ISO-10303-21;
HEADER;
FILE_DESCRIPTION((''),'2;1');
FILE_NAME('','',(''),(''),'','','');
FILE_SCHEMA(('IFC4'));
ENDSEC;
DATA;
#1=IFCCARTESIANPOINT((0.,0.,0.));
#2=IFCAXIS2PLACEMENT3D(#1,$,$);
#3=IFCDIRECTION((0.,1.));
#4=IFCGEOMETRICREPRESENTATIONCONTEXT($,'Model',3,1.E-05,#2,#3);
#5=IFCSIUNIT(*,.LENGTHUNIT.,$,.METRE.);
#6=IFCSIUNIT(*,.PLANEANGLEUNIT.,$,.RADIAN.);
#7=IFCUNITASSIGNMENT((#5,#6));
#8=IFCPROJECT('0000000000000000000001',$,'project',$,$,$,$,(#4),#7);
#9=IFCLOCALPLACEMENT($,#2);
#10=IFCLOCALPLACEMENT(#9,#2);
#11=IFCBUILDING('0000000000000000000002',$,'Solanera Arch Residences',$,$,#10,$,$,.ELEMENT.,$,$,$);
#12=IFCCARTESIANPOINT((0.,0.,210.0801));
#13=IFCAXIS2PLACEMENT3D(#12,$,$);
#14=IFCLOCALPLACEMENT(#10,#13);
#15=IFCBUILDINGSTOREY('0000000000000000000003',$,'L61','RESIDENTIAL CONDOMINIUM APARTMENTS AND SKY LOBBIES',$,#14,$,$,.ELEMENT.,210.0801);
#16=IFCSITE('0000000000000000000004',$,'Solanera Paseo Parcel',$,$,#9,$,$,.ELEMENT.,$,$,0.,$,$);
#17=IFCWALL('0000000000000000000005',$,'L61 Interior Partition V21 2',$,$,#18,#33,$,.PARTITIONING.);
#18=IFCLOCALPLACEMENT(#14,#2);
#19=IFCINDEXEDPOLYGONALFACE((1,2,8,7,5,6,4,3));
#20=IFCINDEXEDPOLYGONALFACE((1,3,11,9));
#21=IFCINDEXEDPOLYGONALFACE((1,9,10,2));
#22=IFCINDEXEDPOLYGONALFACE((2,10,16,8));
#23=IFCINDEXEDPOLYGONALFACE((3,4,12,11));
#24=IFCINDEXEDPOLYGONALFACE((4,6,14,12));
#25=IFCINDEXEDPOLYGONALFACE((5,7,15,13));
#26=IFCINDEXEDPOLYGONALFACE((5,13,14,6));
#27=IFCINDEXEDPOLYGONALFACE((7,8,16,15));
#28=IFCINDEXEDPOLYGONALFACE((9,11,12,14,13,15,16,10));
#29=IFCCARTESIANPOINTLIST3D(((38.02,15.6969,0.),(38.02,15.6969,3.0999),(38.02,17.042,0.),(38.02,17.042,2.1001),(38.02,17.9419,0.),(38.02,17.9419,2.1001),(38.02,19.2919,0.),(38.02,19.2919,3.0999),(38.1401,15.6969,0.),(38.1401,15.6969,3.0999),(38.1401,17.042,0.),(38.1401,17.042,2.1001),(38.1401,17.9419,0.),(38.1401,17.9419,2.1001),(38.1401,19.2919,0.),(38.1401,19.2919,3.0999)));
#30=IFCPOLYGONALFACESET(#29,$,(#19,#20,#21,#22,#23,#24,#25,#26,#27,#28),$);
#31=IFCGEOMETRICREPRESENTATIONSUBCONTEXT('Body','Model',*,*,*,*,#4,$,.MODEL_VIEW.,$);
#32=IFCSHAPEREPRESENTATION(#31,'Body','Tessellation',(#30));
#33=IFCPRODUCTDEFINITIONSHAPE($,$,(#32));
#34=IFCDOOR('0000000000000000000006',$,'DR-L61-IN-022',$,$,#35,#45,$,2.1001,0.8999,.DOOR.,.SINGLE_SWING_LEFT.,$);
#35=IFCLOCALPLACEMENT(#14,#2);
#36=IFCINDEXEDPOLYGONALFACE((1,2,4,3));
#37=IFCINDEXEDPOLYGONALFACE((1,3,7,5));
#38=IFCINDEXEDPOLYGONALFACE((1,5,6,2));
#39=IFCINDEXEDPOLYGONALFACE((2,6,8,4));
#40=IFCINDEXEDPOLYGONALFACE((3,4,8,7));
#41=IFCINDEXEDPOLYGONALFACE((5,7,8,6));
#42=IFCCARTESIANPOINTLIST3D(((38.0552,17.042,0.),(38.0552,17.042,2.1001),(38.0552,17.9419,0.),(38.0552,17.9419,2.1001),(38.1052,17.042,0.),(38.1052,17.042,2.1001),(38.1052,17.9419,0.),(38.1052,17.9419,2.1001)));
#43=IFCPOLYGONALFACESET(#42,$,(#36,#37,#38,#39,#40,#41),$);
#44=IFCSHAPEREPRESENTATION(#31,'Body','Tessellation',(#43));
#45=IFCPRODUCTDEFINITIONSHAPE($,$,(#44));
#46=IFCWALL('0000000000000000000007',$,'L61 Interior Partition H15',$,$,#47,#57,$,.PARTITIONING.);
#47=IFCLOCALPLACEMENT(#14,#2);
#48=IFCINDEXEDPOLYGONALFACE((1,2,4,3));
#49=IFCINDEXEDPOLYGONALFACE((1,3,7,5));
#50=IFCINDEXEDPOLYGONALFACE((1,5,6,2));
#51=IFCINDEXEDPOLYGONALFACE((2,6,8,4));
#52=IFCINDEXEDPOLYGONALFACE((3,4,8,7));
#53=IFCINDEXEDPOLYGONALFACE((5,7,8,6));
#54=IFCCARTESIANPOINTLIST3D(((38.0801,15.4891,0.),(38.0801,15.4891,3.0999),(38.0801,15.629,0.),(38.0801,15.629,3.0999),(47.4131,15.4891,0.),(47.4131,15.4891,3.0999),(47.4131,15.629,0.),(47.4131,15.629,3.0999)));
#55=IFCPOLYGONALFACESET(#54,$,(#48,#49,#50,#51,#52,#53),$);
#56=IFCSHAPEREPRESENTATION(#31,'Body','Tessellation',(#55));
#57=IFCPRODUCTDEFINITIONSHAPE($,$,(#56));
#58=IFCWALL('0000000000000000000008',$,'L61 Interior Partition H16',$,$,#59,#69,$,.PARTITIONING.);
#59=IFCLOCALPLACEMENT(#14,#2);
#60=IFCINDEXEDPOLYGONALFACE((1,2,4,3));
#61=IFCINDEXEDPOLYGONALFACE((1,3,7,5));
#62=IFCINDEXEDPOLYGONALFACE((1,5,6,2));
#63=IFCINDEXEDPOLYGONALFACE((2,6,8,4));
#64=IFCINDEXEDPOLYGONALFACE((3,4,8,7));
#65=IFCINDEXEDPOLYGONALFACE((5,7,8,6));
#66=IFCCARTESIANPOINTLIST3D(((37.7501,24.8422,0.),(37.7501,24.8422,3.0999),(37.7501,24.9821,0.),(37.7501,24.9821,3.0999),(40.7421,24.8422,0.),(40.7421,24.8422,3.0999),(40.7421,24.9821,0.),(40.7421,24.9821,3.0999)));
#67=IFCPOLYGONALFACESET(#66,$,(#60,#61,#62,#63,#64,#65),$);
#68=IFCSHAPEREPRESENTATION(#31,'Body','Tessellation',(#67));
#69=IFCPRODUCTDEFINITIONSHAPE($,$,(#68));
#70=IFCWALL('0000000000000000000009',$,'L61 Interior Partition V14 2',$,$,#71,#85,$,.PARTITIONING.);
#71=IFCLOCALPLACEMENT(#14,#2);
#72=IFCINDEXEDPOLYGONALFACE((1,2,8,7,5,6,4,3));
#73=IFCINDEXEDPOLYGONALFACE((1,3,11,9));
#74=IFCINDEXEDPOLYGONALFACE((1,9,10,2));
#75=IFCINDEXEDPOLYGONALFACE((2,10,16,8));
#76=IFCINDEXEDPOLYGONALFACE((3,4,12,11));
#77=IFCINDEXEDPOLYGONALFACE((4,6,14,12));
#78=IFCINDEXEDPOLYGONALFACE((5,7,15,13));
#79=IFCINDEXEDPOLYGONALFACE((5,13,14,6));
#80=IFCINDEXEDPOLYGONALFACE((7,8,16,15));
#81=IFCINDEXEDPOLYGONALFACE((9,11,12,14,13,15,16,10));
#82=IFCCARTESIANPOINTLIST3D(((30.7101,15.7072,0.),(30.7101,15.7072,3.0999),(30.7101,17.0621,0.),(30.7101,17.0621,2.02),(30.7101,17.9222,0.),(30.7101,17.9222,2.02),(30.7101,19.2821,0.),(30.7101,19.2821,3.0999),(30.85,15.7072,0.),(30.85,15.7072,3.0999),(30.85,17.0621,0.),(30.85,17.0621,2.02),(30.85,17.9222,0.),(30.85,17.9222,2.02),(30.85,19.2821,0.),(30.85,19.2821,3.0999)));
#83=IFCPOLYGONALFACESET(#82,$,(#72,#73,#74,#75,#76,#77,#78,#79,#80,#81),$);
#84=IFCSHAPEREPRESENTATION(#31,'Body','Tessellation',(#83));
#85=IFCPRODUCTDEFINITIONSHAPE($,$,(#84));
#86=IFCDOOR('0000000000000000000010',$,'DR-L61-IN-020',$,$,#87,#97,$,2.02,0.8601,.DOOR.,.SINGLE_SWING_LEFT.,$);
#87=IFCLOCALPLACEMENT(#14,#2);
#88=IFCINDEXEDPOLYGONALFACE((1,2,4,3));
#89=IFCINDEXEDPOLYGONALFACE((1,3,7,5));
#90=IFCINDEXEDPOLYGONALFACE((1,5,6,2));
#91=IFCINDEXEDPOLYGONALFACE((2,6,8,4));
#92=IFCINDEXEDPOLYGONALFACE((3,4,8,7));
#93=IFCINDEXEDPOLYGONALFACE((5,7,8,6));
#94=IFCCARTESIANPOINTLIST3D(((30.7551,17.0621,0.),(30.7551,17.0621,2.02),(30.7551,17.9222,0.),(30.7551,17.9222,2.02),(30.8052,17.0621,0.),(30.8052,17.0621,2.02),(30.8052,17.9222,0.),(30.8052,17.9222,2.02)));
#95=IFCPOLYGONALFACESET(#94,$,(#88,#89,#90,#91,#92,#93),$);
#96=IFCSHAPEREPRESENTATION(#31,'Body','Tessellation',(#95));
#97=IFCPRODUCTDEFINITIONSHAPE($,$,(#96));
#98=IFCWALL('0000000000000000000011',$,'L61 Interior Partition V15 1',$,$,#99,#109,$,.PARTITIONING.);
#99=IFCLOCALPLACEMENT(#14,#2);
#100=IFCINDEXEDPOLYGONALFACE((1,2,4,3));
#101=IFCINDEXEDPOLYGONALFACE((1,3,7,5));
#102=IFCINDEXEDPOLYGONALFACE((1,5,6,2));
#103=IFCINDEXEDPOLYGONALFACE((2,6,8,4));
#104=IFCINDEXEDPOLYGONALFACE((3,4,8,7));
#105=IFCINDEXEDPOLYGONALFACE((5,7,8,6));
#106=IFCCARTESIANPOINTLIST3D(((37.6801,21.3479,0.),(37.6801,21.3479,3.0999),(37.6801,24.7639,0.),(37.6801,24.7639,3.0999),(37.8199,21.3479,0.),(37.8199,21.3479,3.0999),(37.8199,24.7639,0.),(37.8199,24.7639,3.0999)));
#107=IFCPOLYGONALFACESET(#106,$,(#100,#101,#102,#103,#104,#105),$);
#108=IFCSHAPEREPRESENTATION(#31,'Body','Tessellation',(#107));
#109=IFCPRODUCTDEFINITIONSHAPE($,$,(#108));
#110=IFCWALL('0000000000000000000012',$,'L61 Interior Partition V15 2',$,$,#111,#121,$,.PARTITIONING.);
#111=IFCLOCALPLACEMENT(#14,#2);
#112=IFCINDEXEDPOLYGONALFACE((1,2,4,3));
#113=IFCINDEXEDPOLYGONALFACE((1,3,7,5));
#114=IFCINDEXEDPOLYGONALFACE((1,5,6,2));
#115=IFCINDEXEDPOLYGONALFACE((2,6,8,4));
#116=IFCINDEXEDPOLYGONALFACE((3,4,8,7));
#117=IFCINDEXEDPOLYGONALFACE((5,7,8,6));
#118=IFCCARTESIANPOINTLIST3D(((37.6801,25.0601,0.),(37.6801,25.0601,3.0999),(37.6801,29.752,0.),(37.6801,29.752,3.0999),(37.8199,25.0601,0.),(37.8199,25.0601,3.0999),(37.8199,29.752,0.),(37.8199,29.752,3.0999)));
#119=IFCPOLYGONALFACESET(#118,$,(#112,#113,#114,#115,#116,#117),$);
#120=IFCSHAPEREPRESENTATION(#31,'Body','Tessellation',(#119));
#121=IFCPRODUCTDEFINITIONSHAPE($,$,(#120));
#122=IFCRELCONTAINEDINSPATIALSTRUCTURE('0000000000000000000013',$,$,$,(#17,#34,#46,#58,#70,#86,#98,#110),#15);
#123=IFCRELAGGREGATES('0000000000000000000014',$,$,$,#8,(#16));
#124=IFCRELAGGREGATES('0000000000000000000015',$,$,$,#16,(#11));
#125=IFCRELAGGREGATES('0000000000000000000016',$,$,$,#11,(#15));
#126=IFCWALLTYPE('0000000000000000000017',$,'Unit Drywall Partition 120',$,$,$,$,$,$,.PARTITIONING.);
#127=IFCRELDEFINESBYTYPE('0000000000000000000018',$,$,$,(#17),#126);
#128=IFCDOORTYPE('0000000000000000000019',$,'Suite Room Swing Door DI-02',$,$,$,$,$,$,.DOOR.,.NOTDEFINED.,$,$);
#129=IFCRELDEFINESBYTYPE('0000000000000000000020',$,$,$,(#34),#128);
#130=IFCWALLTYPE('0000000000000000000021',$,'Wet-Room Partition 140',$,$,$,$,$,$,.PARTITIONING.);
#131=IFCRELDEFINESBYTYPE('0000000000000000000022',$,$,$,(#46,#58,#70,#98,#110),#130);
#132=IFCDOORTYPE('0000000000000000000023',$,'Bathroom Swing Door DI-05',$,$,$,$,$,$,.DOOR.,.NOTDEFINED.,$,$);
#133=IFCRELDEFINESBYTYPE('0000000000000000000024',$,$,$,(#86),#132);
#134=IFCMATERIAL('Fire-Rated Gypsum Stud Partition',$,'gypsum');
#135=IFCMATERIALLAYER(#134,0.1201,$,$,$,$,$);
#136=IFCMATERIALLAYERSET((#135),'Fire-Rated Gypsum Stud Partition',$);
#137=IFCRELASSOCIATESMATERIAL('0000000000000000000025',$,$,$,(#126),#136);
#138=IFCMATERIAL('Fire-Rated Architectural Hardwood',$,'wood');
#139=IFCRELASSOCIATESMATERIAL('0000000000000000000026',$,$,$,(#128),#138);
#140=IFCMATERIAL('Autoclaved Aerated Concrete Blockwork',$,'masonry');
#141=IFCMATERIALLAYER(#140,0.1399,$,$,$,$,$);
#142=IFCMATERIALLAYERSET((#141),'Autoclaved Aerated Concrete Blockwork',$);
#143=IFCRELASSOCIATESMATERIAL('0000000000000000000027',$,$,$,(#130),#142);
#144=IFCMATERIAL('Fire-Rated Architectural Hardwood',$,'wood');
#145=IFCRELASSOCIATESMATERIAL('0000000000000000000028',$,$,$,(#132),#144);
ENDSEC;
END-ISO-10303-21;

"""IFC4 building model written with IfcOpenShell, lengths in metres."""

from ifc_helpers import new_model, si_unit, direction, frame, frame_2d, origin, place, context, subcontext, project, spatial, rectangle, extrude, material, layer, layer_set, type_object, element, fill, save


model = new_model("IFC4")

# Units and contexts
model_context = context("Model", 3, precision=1e-05, world=origin(), true_north=direction((0.0, 1.0)))
body_context = subcontext(model_context, "Body", "Model", "MODEL_VIEW")
ifc_project = project(units=[si_unit("LENGTHUNIT", "METRE"), si_unit("PLANEANGLEUNIT", "RADIAN")], contexts=[model_context])

# Site, building, storey
site_placement = place(None, origin())
site = spatial("IfcSite", under=ifc_project, at=site_placement, Name="Solanera Paseo Parcel", CompositionType="ELEMENT", RefElevation=0.0)
building_placement = place(site_placement, origin())
building = spatial("IfcBuilding", under=site, at=building_placement, Name="Solanera Arch Residences", CompositionType="ELEMENT")
storey_placement = place(building_placement, frame((0.0, 0.0, 210.0801)))
storey = spatial("IfcBuildingStorey", under=building, at=storey_placement, Name="L61", Description="RESIDENTIAL CONDOMINIUM APARTMENTS AND SKY LOBBIES", CompositionType="ELEMENT", Elevation=210.0801)

# Wall, opening, door
ifc_material_1 = material(Name="Fire-Rated Gypsum Stud Partition", Category="gypsum")
ifc_layer_1 = layer(ifc_material_1, 0.1201)
ifc_layer_set_1 = layer_set([ifc_layer_1], Name="Fire-Rated Gypsum Stud Partition")
wall_type_1 = type_object("IfcWallType", Name="Unit Drywall Partition 120", PredefinedType="PARTITIONING", material=ifc_layer_set_1)
wall_1_placement = place(storey_placement, frame((38.0801, 15.697, 0.0), z_axis=(0.0, 0.0, 1.0), x_axis=(0.0, 1.0, 0.0)))
wall_1 = element("IfcWall", 1, at=wall_1_placement, inside=storey, type_object=wall_type_1, Name="L61 Interior Partition V21 2", PredefinedType="PARTITIONING", context=body_context, shape_type="SweptSolid", body=[
    extrude(rectangle(XDim=3.595, YDim=0.1201, at=frame_2d((1.7974, 0.0))), origin(), (0.0, 0.0, 1.0), 3.0999),
])
opening_1_placement = place(wall_1_placement, frame((1.345, 0.0, 0.0)))
opening_1 = element("IfcOpeningElement", 2, at=opening_1_placement, cuts=wall_1, PredefinedType="OPENING", context=body_context, shape_type="SweptSolid", body=[
    extrude(rectangle(XDim=0.8999, YDim=2.1001, at=frame_2d((0.45, 1.05))), frame((0.0, 0.0701, 0.0), z_axis=(0.0, -1.0, 0.0), x_axis=(1.0, 0.0, 0.0)), (0.0, 0.0, 1.0), 0.1401),
])
ifc_material_2 = material(Name="Fire-Rated Architectural Hardwood", Category="wood")
door_type_1 = type_object("IfcDoorType", Name="Suite Room Swing Door DI-02", OperationType="NOTDEFINED", PredefinedType="DOOR", material=ifc_material_2)
door_1_placement = place(opening_1_placement, origin())
door_1 = element("IfcDoor", 3, at=door_1_placement, inside=storey, type_object=door_type_1, Name="DR-L61-IN-022", OperationType="SINGLE_SWING_LEFT", OverallHeight=2.1001, OverallWidth=0.8999, PredefinedType="DOOR", context=body_context, shape_type="SweptSolid", body=[
    extrude(rectangle(XDim=0.8999, YDim=2.1001, at=frame_2d((0.45, 1.05))), frame((0.0, 0.0249, 0.0), z_axis=(0.0, -1.0, 0.0), x_axis=(1.0, 0.0, 0.0)), (0.0, 0.0, 1.0), 0.05),
])
fill(opening_1, door_1)

# Walls
ifc_material_3 = material(Name="Autoclaved Aerated Concrete Blockwork", Category="masonry")
ifc_layer_2 = layer(ifc_material_3, 0.1399)
ifc_layer_set_2 = layer_set([ifc_layer_2], Name="Autoclaved Aerated Concrete Blockwork")
wall_type_2 = type_object("IfcWallType", Name="Wet-Room Partition 140", PredefinedType="PARTITIONING", material=ifc_layer_set_2)
wall_2_placement = place(storey_placement, frame((38.0801, 15.5591, 0.0), z_axis=(0.0, 0.0, 1.0), x_axis=(1.0, 0.0, 0.0)))
element("IfcWall", 4, at=wall_2_placement, inside=storey, type_object=wall_type_2, Name="L61 Interior Partition H15", PredefinedType="PARTITIONING", context=body_context, shape_type="SweptSolid", body=[
    extrude(rectangle(XDim=9.333, YDim=0.1399, at=frame_2d((4.6665, 0.0))), origin(), (0.0, 0.0, 1.0), 3.0999),
])
wall_3_placement = place(storey_placement, frame((37.75, 24.9121, 0.0), z_axis=(0.0, 0.0, 1.0), x_axis=(1.0, 0.0, 0.0)))
element("IfcWall", 5, at=wall_3_placement, inside=storey, type_object=wall_type_2, Name="L61 Interior Partition H16", PredefinedType="PARTITIONING", context=body_context, shape_type="SweptSolid", body=[
    extrude(rectangle(XDim=2.9919, YDim=0.1399, at=frame_2d((1.4961, 0.0))), origin(), (0.0, 0.0, 1.0), 3.0999),
])

# Wall, opening, door
wall_4_placement = place(storey_placement, frame((30.78, 15.707, 0.0), z_axis=(0.0, 0.0, 1.0), x_axis=(0.0, 1.0, 0.0)))
wall_4 = element("IfcWall", 6, at=wall_4_placement, inside=storey, type_object=wall_type_2, Name="L61 Interior Partition V14 2", PredefinedType="PARTITIONING", context=body_context, shape_type="SweptSolid", body=[
    extrude(rectangle(XDim=3.575, YDim=0.1399, at=frame_2d((1.7876, 0.0))), origin(), (0.0, 0.0, 1.0), 3.0999),
])
opening_2_placement = place(wall_4_placement, frame((1.355, 0.0, 0.0)))
opening_2 = element("IfcOpeningElement", 7, at=opening_2_placement, cuts=wall_4, PredefinedType="OPENING", context=body_context, shape_type="SweptSolid", body=[
    extrude(rectangle(XDim=0.8601, YDim=2.02, at=frame_2d((0.4302, 1.01))), frame((0.0, 0.0798, 0.0), z_axis=(0.0, -1.0, 0.0), x_axis=(1.0, 0.0, 0.0)), (0.0, 0.0, 1.0), 0.1599),
])
ifc_material_4 = material(Name="Fire-Rated Architectural Hardwood", Category="wood")
door_type_2 = type_object("IfcDoorType", Name="Bathroom Swing Door DI-05", OperationType="NOTDEFINED", PredefinedType="DOOR", material=ifc_material_4)
door_2_placement = place(opening_2_placement, origin())
door_2 = element("IfcDoor", 8, at=door_2_placement, inside=storey, type_object=door_type_2, Name="DR-L61-IN-020", OperationType="SINGLE_SWING_LEFT", OverallHeight=2.02, OverallWidth=0.8601, PredefinedType="DOOR", context=body_context, shape_type="SweptSolid", body=[
    extrude(rectangle(XDim=0.8601, YDim=2.02, at=frame_2d((0.4302, 1.01))), frame((0.0, 0.0249, 0.0), z_axis=(0.0, -1.0, 0.0), x_axis=(1.0, 0.0, 0.0)), (0.0, 0.0, 1.0), 0.05),
])
fill(opening_2, door_2)

# Walls
wall_5_placement = place(storey_placement, frame((37.75, 21.3479, 0.0), z_axis=(0.0, 0.0, 1.0), x_axis=(0.0, 1.0, 0.0)))
element("IfcWall", 9, at=wall_5_placement, inside=storey, type_object=wall_type_2, Name="L61 Interior Partition V15 1", PredefinedType="PARTITIONING", context=body_context, shape_type="SweptSolid", body=[
    extrude(rectangle(XDim=3.416, YDim=0.1399, at=frame_2d((1.708, 0.0))), origin(), (0.0, 0.0, 1.0), 3.0999),
])
wall_6_placement = place(storey_placement, frame((37.75, 25.0601, 0.0), z_axis=(0.0, 0.0, 1.0), x_axis=(0.0, 1.0, 0.0)))
element("IfcWall", 10, at=wall_6_placement, inside=storey, type_object=wall_type_2, Name="L61 Interior Partition V15 2", PredefinedType="PARTITIONING", context=body_context, shape_type="SweptSolid", body=[
    extrude(rectangle(XDim=4.6919, YDim=0.1399, at=frame_2d((2.3459, 0.0))), origin(), (0.0, 0.0, 1.0), 3.0999),
])

save(model, "model.ifc")
